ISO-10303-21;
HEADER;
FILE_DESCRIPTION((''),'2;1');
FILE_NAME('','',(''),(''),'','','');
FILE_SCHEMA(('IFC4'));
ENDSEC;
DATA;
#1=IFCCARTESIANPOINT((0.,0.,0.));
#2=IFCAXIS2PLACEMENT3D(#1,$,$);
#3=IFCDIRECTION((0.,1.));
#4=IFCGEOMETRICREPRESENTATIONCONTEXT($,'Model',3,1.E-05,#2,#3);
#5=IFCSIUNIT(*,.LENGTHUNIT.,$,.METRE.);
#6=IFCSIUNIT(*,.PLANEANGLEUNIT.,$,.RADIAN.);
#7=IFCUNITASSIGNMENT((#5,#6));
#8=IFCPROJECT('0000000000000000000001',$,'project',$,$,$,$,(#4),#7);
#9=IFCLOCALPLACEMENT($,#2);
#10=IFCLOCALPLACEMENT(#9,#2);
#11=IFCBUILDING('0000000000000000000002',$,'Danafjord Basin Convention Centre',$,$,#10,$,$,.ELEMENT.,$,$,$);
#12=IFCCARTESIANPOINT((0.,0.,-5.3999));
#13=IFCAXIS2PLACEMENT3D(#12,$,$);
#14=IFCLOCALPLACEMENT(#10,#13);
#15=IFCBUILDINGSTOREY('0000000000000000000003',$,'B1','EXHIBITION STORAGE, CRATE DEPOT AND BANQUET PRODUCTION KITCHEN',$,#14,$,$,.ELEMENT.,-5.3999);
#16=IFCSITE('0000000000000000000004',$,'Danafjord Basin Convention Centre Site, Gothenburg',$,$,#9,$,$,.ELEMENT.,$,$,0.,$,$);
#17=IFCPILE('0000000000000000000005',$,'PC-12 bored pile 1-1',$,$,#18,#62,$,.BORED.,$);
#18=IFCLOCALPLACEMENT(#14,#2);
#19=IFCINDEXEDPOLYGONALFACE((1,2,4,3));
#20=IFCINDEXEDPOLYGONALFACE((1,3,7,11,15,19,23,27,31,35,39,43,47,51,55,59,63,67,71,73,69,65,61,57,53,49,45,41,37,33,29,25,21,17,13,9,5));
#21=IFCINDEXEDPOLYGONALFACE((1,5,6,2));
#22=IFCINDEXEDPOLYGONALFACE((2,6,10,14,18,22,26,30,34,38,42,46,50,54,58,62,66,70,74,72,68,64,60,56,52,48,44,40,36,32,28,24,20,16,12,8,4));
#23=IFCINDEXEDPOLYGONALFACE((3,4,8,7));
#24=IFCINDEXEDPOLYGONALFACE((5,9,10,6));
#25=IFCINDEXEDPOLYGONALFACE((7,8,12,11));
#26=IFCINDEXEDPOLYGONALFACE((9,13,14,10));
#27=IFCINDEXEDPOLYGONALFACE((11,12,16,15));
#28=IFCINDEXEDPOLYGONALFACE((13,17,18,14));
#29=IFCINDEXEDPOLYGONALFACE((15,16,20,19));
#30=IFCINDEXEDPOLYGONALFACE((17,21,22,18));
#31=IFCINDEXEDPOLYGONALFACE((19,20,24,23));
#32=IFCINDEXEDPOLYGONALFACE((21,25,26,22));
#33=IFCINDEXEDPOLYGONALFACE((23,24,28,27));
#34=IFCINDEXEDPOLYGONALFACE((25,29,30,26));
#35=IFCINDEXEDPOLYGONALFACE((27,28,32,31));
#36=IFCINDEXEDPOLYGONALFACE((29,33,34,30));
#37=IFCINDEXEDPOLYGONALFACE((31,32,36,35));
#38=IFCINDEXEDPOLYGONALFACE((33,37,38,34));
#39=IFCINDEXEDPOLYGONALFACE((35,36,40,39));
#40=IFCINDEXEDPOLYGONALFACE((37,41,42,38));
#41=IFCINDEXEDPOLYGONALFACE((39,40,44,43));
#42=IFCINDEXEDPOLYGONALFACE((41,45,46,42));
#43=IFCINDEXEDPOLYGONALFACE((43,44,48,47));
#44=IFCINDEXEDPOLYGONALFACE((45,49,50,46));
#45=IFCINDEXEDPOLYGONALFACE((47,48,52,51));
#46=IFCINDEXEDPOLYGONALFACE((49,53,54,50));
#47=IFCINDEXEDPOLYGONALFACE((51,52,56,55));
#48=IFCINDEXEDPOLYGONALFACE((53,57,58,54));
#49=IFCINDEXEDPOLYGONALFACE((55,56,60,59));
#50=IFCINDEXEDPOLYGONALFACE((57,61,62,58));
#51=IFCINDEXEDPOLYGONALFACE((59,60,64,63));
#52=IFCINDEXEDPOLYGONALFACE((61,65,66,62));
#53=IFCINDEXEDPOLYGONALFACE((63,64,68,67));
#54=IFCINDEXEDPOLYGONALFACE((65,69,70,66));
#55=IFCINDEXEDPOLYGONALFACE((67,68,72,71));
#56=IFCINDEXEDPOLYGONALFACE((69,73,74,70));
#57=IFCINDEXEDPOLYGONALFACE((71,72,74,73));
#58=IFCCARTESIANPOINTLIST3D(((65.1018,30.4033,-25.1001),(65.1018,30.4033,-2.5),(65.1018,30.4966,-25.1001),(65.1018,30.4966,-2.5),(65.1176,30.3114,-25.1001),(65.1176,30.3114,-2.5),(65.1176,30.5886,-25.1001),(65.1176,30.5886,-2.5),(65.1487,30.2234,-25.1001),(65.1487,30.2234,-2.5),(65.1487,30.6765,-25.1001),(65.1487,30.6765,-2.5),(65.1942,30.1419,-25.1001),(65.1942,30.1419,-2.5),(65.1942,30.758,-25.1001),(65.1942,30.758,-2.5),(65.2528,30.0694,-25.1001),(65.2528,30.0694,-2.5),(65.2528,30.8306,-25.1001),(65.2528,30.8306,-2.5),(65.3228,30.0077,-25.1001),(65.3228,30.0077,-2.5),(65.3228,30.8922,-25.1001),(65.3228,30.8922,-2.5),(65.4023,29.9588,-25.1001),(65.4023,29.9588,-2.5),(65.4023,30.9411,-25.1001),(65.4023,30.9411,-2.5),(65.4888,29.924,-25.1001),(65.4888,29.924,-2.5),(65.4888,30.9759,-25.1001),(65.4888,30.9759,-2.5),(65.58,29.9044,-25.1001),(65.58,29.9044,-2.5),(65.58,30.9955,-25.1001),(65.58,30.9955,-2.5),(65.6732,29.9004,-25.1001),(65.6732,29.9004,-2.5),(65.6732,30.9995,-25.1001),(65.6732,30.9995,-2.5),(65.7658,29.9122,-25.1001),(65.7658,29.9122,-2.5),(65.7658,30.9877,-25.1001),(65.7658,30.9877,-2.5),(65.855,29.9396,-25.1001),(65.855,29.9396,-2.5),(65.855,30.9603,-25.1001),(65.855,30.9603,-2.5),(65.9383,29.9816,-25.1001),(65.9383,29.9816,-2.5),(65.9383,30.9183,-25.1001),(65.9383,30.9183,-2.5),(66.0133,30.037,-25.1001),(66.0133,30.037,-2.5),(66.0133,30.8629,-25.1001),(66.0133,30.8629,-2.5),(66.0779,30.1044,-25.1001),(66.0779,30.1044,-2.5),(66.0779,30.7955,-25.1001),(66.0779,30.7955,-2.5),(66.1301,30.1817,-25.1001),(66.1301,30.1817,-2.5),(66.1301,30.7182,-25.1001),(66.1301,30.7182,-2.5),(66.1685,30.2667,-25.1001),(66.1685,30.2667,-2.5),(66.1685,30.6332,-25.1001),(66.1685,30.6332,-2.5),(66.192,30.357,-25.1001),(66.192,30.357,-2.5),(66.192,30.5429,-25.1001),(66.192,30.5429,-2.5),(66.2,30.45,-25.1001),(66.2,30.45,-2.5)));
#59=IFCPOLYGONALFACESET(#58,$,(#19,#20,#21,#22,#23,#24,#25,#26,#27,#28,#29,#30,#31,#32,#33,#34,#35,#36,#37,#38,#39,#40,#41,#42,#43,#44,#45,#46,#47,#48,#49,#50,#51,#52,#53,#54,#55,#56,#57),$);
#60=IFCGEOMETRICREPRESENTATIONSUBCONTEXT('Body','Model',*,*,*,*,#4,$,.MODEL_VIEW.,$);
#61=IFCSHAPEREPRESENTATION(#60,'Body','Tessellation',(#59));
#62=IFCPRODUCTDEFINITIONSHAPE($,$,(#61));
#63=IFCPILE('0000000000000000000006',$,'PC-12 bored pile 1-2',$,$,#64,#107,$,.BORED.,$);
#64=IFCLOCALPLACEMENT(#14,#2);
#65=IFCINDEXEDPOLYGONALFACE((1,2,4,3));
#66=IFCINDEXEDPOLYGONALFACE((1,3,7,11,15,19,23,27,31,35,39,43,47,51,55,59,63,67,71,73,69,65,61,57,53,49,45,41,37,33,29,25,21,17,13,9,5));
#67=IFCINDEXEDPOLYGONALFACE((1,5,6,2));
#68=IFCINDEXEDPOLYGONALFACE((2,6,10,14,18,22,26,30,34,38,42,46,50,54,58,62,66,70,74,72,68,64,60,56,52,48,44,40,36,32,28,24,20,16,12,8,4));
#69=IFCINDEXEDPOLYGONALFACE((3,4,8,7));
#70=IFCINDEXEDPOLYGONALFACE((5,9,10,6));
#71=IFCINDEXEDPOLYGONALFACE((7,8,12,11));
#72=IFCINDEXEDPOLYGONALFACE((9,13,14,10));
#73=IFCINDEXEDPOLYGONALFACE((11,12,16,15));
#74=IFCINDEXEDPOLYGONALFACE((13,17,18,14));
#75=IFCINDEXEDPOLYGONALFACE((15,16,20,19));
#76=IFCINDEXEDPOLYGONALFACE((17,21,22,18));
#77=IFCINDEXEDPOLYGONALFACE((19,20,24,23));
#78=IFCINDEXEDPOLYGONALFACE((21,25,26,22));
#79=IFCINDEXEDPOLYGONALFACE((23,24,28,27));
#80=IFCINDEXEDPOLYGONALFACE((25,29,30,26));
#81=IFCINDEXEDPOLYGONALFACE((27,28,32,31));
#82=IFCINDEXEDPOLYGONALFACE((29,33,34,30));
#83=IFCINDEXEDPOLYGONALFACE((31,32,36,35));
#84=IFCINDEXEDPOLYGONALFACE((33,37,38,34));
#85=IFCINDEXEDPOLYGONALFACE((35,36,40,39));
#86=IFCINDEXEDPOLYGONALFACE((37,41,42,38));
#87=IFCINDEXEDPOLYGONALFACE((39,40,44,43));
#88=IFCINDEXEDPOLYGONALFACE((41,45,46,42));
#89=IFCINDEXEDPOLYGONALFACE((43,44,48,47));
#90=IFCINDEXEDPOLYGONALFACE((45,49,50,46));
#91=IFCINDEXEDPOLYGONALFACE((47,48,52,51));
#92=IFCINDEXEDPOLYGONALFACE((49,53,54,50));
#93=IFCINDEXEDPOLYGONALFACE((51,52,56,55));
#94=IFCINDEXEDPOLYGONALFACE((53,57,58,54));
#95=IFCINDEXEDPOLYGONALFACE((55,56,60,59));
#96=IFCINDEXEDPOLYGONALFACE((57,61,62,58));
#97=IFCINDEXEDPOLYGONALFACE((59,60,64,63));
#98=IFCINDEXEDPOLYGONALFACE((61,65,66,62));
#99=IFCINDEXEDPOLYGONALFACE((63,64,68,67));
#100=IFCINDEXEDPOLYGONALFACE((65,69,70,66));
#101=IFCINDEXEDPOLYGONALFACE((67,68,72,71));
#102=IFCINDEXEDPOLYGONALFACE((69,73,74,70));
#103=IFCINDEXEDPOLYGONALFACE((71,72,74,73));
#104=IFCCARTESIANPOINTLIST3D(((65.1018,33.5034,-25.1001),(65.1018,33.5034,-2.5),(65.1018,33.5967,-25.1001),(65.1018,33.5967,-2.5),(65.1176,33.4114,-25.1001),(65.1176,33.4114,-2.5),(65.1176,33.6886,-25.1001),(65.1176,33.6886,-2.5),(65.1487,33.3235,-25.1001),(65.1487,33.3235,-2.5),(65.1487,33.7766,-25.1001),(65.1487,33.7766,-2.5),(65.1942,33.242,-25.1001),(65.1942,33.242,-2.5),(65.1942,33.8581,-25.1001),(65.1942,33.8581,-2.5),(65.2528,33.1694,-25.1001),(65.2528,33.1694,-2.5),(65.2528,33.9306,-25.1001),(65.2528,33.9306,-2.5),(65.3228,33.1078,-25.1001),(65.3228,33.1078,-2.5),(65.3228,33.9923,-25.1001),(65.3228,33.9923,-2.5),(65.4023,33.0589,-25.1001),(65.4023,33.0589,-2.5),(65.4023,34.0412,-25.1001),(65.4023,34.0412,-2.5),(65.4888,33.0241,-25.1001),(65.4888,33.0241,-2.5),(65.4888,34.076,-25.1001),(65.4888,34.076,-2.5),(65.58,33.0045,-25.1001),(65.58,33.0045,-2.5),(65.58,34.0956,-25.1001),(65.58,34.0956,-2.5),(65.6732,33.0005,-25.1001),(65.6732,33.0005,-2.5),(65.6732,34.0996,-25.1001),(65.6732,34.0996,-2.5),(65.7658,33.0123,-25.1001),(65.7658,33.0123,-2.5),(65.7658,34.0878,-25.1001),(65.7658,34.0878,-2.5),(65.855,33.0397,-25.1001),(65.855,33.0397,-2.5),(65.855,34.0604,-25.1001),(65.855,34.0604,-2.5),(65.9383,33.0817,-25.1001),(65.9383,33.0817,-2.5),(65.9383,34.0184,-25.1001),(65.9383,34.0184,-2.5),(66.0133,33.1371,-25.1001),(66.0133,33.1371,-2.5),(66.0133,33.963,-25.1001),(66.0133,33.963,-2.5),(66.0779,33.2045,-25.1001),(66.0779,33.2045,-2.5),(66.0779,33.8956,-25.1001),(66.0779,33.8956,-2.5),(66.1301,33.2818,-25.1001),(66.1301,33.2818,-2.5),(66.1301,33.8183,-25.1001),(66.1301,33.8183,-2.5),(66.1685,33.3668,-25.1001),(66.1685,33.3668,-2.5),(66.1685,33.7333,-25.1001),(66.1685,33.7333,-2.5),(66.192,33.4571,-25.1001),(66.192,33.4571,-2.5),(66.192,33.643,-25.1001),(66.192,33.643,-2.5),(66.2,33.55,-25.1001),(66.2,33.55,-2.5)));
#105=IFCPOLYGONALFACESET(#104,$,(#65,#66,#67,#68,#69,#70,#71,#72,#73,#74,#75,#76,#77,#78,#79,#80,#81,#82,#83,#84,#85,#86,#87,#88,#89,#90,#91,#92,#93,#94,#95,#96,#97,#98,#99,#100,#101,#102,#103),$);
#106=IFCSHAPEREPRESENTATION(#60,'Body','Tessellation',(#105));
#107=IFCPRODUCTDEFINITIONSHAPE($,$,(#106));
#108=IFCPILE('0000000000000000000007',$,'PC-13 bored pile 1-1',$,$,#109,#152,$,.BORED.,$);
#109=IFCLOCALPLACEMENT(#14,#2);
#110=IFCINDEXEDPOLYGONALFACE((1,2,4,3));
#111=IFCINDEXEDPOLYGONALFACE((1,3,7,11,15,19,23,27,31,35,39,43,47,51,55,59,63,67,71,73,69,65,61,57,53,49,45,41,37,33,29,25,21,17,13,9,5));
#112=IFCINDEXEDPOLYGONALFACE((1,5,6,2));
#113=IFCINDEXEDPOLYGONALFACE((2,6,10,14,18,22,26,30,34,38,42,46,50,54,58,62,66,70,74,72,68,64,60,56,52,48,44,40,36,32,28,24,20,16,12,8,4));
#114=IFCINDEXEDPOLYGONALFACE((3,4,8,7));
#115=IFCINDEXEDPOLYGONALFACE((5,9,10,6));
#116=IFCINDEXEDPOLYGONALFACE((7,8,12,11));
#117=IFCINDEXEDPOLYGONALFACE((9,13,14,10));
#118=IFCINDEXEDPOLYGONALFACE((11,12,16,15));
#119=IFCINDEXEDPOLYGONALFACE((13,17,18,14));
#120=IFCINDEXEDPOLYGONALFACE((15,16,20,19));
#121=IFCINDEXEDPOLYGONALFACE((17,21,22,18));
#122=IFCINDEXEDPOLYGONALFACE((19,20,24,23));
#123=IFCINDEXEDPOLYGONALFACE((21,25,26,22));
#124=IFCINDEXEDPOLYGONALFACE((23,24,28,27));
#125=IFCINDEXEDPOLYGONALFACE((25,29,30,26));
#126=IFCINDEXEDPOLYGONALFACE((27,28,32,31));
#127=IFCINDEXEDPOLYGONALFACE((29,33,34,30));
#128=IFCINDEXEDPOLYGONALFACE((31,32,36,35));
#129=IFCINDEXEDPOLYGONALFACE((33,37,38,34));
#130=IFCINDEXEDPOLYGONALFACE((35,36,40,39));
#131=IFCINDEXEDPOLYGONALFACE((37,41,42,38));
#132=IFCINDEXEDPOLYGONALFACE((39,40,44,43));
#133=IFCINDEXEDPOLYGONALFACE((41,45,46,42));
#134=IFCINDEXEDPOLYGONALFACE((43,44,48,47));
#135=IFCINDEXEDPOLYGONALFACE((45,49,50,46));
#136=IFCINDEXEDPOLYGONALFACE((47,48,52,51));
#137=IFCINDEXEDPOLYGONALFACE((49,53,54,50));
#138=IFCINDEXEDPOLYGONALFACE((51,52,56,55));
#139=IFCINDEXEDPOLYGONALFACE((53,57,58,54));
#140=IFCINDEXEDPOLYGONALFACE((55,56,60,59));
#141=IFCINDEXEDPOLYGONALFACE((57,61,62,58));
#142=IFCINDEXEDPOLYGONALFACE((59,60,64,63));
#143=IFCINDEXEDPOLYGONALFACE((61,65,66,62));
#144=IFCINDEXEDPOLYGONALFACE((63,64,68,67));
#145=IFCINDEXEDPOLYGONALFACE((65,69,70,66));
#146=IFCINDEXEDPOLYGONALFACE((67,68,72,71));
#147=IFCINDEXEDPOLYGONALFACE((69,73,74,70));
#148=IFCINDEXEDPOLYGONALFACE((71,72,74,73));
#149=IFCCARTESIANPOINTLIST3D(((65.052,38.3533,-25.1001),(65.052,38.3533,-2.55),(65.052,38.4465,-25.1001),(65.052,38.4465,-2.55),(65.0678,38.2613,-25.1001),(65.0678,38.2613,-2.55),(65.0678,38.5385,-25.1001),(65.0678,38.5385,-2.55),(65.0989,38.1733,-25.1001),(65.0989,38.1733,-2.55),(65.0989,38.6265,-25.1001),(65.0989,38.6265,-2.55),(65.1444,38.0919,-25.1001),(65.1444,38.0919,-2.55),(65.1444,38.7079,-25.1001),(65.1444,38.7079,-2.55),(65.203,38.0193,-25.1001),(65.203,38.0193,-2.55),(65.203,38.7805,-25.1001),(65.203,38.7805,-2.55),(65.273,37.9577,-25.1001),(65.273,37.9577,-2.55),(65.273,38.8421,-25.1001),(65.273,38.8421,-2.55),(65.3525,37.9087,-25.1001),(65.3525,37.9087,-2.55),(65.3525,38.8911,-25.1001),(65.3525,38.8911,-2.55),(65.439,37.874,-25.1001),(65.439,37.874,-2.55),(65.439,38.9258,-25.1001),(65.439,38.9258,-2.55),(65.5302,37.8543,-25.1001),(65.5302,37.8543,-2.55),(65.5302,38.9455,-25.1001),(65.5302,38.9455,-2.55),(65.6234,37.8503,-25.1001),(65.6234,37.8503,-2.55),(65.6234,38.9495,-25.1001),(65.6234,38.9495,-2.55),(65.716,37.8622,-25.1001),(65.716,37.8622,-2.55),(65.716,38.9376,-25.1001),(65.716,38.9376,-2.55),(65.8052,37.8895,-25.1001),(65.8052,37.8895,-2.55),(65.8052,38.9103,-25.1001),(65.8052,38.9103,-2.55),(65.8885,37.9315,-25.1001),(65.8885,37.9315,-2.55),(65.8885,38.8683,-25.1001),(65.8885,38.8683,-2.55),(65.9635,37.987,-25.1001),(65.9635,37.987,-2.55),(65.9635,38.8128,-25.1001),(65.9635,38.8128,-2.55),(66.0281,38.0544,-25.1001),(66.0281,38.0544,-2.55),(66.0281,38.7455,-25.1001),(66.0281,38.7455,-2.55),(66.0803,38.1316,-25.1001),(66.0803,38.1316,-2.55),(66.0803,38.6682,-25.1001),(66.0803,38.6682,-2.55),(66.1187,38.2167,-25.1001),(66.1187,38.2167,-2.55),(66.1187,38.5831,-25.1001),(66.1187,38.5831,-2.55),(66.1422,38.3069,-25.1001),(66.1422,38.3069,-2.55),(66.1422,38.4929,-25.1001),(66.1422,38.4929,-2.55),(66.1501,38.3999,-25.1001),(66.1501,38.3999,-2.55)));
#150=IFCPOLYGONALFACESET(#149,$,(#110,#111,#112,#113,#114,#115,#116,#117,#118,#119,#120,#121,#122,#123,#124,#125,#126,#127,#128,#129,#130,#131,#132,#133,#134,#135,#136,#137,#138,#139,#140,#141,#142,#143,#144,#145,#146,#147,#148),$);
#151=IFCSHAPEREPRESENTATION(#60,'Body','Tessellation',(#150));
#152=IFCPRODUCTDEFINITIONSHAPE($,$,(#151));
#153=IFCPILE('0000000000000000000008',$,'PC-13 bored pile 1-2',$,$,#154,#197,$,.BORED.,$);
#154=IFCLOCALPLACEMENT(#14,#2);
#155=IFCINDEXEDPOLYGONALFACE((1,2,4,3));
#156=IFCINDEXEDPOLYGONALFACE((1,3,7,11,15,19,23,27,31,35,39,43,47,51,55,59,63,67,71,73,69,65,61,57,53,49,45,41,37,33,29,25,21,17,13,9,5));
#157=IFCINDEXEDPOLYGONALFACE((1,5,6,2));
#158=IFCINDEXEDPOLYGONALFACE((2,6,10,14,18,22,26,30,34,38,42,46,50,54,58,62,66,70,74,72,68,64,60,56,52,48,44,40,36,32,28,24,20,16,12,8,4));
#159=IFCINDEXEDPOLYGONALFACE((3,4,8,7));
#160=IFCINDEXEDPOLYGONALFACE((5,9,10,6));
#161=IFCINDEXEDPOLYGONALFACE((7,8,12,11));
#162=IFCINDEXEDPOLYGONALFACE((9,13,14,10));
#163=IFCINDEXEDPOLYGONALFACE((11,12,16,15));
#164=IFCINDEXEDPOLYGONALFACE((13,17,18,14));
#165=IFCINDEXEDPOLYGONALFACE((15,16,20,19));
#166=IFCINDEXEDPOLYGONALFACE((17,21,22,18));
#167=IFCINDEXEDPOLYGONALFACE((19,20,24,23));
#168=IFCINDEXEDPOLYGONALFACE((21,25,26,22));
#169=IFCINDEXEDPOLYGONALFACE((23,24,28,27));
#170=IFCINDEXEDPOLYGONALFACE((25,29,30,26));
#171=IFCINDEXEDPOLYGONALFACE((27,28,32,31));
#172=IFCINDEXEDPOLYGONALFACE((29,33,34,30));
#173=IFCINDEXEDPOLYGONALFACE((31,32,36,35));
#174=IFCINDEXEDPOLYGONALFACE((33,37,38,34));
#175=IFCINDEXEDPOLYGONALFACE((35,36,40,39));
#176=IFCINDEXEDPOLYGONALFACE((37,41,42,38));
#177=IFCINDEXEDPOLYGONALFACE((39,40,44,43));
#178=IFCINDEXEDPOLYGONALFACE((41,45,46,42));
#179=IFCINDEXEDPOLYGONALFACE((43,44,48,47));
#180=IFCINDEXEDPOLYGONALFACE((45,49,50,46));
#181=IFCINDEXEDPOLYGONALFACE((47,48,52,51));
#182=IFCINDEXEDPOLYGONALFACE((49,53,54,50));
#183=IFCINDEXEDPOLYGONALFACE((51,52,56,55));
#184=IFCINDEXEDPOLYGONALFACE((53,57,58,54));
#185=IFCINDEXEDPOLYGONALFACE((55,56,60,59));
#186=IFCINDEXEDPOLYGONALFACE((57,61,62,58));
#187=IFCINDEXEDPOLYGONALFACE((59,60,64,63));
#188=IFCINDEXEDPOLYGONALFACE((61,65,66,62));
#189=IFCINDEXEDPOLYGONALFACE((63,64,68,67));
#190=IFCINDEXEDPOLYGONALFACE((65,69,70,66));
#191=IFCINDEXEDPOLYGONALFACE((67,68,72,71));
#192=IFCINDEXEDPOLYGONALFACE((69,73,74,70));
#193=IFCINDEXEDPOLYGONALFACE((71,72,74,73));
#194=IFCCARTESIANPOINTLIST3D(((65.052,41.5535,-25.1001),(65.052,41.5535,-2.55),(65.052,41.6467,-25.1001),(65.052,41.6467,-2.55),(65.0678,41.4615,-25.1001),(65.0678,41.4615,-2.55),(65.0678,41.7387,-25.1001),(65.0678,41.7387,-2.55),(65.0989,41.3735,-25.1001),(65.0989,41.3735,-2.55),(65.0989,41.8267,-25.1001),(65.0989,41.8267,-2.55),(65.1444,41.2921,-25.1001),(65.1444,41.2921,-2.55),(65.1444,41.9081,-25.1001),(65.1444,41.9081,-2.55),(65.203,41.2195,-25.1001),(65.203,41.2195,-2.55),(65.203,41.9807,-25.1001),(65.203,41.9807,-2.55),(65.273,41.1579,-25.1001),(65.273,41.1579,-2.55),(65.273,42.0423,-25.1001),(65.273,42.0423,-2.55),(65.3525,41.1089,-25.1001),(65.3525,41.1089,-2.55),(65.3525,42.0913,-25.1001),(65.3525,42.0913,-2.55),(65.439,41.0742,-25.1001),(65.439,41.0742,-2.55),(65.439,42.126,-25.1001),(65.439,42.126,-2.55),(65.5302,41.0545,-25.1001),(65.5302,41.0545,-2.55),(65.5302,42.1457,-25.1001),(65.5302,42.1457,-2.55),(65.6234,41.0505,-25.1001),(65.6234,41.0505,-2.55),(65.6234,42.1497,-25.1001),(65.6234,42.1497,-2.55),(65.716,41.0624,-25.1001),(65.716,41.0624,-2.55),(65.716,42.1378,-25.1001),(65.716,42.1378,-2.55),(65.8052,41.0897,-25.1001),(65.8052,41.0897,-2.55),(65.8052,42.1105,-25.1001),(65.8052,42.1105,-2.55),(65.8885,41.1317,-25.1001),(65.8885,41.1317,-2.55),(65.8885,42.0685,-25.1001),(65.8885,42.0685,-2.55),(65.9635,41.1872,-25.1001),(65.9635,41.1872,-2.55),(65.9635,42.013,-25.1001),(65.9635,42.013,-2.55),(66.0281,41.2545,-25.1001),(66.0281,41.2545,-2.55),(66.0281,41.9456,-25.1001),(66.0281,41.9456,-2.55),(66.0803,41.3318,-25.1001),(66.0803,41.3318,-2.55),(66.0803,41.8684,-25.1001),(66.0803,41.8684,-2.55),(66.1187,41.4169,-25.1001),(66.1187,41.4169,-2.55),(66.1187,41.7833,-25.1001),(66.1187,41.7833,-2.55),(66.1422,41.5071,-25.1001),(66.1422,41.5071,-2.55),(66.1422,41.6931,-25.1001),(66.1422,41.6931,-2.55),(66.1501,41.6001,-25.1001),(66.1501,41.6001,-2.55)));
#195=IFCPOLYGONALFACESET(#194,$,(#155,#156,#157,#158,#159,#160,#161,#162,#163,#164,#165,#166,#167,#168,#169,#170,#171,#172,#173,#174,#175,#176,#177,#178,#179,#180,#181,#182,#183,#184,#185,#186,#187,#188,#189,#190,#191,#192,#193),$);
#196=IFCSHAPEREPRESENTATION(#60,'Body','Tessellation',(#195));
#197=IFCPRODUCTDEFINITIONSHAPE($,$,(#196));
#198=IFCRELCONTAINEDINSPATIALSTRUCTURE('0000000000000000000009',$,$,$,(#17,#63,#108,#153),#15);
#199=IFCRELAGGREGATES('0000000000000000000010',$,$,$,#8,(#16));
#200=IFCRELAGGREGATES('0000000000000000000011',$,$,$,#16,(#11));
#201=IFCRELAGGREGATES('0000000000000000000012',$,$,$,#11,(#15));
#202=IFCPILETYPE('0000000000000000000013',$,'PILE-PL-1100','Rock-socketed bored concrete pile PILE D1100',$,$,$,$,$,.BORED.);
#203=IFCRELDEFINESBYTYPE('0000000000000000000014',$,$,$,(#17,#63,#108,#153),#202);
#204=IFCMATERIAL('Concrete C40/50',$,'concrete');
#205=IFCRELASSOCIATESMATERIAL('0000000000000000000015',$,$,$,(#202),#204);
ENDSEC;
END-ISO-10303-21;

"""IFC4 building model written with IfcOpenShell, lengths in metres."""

from ifc_helpers import new_model, si_unit, direction, frame, origin, origin_2d, place, context, subcontext, project, spatial, circle, extrude, material, material_profile, profile_set, type_object, element, save


model = new_model("IFC4")

# Units and contexts
model_context = context("Model", 3, precision=1e-05, world=origin(), true_north=direction((0.0, 1.0)))
body_context = subcontext(model_context, "Body", "Model", "MODEL_VIEW")
ifc_project = project(units=[si_unit("LENGTHUNIT", "METRE"), si_unit("PLANEANGLEUNIT", "RADIAN")], contexts=[model_context])

# Site, building, storey
site_placement = place(None, origin())
site = spatial("IfcSite", under=ifc_project, at=site_placement, Name="Danafjord Basin Convention Centre Site, Gothenburg", CompositionType="ELEMENT", RefElevation=0.0)
building_placement = place(site_placement, origin())
building = spatial("IfcBuilding", under=site, at=building_placement, Name="Danafjord Basin Convention Centre", CompositionType="ELEMENT")
storey_placement = place(building_placement, frame((0.0, 0.0, -5.3999)))
storey = spatial("IfcBuildingStorey", under=building, at=storey_placement, Name="B1", Description="EXHIBITION STORAGE, CRATE DEPOT AND BANQUET PRODUCTION KITCHEN", CompositionType="ELEMENT", Elevation=-5.3999)

# Shared definitions
ifc_material_1 = material(Name="Concrete C40/50", Category="concrete")

# Piles
ifc_material_profile_1 = material_profile(ifc_material_1, circle(Radius=0.55, at=origin_2d()), Name="PILE D1100")
ifc_profile_set_1 = profile_set([ifc_material_profile_1], Name="Concrete C40/50")
pile_type_1 = type_object("IfcPileType", Name="PILE-PL-1100", Description="Rock-socketed bored concrete pile PILE D1100", PredefinedType="BORED", material=ifc_profile_set_1)
for number, where, z_axis, x_axis, name in (
    (1, (65.6499, 30.45, -2.5), (0.0, 0.0, -1.0), (1.0, 0.0, 0.0), "PC-12 bored pile 1-1"),
    (2, (65.6499, 33.55, -2.5), (0.0, 0.0, -1.0), (1.0, 0.0, 0.0), "PC-12 bored pile 1-2"),
):
    element("IfcPile", number, at=place(storey_placement, frame(where, z_axis=z_axis, x_axis=x_axis)), inside=storey, type_object=pile_type_1, Name=name, PredefinedType="BORED", context=body_context, shape_type="SweptSolid", body=[
        extrude(circle(Radius=0.55, at=origin_2d()), origin(), (0.0, 0.0, 1.0), 22.6001),
    ])
for number, where, z_axis, x_axis, name in (
    (3, (65.6001, 38.3999, -2.55), (0.0, 0.0, -1.0), (1.0, 0.0, 0.0), "PC-13 bored pile 1-1"),
    (4, (65.6001, 41.6001, -2.55), (0.0, 0.0, -1.0), (1.0, 0.0, 0.0), "PC-13 bored pile 1-2"),
):
    element("IfcPile", number, at=place(storey_placement, frame(where, z_axis=z_axis, x_axis=x_axis)), inside=storey, type_object=pile_type_1, Name=name, PredefinedType="BORED", context=body_context, shape_type="SweptSolid", body=[
        extrude(circle(Radius=0.55, at=origin_2d()), origin(), (0.0, 0.0, 1.0), 22.55),
    ])

save(model, "model.ifc")
